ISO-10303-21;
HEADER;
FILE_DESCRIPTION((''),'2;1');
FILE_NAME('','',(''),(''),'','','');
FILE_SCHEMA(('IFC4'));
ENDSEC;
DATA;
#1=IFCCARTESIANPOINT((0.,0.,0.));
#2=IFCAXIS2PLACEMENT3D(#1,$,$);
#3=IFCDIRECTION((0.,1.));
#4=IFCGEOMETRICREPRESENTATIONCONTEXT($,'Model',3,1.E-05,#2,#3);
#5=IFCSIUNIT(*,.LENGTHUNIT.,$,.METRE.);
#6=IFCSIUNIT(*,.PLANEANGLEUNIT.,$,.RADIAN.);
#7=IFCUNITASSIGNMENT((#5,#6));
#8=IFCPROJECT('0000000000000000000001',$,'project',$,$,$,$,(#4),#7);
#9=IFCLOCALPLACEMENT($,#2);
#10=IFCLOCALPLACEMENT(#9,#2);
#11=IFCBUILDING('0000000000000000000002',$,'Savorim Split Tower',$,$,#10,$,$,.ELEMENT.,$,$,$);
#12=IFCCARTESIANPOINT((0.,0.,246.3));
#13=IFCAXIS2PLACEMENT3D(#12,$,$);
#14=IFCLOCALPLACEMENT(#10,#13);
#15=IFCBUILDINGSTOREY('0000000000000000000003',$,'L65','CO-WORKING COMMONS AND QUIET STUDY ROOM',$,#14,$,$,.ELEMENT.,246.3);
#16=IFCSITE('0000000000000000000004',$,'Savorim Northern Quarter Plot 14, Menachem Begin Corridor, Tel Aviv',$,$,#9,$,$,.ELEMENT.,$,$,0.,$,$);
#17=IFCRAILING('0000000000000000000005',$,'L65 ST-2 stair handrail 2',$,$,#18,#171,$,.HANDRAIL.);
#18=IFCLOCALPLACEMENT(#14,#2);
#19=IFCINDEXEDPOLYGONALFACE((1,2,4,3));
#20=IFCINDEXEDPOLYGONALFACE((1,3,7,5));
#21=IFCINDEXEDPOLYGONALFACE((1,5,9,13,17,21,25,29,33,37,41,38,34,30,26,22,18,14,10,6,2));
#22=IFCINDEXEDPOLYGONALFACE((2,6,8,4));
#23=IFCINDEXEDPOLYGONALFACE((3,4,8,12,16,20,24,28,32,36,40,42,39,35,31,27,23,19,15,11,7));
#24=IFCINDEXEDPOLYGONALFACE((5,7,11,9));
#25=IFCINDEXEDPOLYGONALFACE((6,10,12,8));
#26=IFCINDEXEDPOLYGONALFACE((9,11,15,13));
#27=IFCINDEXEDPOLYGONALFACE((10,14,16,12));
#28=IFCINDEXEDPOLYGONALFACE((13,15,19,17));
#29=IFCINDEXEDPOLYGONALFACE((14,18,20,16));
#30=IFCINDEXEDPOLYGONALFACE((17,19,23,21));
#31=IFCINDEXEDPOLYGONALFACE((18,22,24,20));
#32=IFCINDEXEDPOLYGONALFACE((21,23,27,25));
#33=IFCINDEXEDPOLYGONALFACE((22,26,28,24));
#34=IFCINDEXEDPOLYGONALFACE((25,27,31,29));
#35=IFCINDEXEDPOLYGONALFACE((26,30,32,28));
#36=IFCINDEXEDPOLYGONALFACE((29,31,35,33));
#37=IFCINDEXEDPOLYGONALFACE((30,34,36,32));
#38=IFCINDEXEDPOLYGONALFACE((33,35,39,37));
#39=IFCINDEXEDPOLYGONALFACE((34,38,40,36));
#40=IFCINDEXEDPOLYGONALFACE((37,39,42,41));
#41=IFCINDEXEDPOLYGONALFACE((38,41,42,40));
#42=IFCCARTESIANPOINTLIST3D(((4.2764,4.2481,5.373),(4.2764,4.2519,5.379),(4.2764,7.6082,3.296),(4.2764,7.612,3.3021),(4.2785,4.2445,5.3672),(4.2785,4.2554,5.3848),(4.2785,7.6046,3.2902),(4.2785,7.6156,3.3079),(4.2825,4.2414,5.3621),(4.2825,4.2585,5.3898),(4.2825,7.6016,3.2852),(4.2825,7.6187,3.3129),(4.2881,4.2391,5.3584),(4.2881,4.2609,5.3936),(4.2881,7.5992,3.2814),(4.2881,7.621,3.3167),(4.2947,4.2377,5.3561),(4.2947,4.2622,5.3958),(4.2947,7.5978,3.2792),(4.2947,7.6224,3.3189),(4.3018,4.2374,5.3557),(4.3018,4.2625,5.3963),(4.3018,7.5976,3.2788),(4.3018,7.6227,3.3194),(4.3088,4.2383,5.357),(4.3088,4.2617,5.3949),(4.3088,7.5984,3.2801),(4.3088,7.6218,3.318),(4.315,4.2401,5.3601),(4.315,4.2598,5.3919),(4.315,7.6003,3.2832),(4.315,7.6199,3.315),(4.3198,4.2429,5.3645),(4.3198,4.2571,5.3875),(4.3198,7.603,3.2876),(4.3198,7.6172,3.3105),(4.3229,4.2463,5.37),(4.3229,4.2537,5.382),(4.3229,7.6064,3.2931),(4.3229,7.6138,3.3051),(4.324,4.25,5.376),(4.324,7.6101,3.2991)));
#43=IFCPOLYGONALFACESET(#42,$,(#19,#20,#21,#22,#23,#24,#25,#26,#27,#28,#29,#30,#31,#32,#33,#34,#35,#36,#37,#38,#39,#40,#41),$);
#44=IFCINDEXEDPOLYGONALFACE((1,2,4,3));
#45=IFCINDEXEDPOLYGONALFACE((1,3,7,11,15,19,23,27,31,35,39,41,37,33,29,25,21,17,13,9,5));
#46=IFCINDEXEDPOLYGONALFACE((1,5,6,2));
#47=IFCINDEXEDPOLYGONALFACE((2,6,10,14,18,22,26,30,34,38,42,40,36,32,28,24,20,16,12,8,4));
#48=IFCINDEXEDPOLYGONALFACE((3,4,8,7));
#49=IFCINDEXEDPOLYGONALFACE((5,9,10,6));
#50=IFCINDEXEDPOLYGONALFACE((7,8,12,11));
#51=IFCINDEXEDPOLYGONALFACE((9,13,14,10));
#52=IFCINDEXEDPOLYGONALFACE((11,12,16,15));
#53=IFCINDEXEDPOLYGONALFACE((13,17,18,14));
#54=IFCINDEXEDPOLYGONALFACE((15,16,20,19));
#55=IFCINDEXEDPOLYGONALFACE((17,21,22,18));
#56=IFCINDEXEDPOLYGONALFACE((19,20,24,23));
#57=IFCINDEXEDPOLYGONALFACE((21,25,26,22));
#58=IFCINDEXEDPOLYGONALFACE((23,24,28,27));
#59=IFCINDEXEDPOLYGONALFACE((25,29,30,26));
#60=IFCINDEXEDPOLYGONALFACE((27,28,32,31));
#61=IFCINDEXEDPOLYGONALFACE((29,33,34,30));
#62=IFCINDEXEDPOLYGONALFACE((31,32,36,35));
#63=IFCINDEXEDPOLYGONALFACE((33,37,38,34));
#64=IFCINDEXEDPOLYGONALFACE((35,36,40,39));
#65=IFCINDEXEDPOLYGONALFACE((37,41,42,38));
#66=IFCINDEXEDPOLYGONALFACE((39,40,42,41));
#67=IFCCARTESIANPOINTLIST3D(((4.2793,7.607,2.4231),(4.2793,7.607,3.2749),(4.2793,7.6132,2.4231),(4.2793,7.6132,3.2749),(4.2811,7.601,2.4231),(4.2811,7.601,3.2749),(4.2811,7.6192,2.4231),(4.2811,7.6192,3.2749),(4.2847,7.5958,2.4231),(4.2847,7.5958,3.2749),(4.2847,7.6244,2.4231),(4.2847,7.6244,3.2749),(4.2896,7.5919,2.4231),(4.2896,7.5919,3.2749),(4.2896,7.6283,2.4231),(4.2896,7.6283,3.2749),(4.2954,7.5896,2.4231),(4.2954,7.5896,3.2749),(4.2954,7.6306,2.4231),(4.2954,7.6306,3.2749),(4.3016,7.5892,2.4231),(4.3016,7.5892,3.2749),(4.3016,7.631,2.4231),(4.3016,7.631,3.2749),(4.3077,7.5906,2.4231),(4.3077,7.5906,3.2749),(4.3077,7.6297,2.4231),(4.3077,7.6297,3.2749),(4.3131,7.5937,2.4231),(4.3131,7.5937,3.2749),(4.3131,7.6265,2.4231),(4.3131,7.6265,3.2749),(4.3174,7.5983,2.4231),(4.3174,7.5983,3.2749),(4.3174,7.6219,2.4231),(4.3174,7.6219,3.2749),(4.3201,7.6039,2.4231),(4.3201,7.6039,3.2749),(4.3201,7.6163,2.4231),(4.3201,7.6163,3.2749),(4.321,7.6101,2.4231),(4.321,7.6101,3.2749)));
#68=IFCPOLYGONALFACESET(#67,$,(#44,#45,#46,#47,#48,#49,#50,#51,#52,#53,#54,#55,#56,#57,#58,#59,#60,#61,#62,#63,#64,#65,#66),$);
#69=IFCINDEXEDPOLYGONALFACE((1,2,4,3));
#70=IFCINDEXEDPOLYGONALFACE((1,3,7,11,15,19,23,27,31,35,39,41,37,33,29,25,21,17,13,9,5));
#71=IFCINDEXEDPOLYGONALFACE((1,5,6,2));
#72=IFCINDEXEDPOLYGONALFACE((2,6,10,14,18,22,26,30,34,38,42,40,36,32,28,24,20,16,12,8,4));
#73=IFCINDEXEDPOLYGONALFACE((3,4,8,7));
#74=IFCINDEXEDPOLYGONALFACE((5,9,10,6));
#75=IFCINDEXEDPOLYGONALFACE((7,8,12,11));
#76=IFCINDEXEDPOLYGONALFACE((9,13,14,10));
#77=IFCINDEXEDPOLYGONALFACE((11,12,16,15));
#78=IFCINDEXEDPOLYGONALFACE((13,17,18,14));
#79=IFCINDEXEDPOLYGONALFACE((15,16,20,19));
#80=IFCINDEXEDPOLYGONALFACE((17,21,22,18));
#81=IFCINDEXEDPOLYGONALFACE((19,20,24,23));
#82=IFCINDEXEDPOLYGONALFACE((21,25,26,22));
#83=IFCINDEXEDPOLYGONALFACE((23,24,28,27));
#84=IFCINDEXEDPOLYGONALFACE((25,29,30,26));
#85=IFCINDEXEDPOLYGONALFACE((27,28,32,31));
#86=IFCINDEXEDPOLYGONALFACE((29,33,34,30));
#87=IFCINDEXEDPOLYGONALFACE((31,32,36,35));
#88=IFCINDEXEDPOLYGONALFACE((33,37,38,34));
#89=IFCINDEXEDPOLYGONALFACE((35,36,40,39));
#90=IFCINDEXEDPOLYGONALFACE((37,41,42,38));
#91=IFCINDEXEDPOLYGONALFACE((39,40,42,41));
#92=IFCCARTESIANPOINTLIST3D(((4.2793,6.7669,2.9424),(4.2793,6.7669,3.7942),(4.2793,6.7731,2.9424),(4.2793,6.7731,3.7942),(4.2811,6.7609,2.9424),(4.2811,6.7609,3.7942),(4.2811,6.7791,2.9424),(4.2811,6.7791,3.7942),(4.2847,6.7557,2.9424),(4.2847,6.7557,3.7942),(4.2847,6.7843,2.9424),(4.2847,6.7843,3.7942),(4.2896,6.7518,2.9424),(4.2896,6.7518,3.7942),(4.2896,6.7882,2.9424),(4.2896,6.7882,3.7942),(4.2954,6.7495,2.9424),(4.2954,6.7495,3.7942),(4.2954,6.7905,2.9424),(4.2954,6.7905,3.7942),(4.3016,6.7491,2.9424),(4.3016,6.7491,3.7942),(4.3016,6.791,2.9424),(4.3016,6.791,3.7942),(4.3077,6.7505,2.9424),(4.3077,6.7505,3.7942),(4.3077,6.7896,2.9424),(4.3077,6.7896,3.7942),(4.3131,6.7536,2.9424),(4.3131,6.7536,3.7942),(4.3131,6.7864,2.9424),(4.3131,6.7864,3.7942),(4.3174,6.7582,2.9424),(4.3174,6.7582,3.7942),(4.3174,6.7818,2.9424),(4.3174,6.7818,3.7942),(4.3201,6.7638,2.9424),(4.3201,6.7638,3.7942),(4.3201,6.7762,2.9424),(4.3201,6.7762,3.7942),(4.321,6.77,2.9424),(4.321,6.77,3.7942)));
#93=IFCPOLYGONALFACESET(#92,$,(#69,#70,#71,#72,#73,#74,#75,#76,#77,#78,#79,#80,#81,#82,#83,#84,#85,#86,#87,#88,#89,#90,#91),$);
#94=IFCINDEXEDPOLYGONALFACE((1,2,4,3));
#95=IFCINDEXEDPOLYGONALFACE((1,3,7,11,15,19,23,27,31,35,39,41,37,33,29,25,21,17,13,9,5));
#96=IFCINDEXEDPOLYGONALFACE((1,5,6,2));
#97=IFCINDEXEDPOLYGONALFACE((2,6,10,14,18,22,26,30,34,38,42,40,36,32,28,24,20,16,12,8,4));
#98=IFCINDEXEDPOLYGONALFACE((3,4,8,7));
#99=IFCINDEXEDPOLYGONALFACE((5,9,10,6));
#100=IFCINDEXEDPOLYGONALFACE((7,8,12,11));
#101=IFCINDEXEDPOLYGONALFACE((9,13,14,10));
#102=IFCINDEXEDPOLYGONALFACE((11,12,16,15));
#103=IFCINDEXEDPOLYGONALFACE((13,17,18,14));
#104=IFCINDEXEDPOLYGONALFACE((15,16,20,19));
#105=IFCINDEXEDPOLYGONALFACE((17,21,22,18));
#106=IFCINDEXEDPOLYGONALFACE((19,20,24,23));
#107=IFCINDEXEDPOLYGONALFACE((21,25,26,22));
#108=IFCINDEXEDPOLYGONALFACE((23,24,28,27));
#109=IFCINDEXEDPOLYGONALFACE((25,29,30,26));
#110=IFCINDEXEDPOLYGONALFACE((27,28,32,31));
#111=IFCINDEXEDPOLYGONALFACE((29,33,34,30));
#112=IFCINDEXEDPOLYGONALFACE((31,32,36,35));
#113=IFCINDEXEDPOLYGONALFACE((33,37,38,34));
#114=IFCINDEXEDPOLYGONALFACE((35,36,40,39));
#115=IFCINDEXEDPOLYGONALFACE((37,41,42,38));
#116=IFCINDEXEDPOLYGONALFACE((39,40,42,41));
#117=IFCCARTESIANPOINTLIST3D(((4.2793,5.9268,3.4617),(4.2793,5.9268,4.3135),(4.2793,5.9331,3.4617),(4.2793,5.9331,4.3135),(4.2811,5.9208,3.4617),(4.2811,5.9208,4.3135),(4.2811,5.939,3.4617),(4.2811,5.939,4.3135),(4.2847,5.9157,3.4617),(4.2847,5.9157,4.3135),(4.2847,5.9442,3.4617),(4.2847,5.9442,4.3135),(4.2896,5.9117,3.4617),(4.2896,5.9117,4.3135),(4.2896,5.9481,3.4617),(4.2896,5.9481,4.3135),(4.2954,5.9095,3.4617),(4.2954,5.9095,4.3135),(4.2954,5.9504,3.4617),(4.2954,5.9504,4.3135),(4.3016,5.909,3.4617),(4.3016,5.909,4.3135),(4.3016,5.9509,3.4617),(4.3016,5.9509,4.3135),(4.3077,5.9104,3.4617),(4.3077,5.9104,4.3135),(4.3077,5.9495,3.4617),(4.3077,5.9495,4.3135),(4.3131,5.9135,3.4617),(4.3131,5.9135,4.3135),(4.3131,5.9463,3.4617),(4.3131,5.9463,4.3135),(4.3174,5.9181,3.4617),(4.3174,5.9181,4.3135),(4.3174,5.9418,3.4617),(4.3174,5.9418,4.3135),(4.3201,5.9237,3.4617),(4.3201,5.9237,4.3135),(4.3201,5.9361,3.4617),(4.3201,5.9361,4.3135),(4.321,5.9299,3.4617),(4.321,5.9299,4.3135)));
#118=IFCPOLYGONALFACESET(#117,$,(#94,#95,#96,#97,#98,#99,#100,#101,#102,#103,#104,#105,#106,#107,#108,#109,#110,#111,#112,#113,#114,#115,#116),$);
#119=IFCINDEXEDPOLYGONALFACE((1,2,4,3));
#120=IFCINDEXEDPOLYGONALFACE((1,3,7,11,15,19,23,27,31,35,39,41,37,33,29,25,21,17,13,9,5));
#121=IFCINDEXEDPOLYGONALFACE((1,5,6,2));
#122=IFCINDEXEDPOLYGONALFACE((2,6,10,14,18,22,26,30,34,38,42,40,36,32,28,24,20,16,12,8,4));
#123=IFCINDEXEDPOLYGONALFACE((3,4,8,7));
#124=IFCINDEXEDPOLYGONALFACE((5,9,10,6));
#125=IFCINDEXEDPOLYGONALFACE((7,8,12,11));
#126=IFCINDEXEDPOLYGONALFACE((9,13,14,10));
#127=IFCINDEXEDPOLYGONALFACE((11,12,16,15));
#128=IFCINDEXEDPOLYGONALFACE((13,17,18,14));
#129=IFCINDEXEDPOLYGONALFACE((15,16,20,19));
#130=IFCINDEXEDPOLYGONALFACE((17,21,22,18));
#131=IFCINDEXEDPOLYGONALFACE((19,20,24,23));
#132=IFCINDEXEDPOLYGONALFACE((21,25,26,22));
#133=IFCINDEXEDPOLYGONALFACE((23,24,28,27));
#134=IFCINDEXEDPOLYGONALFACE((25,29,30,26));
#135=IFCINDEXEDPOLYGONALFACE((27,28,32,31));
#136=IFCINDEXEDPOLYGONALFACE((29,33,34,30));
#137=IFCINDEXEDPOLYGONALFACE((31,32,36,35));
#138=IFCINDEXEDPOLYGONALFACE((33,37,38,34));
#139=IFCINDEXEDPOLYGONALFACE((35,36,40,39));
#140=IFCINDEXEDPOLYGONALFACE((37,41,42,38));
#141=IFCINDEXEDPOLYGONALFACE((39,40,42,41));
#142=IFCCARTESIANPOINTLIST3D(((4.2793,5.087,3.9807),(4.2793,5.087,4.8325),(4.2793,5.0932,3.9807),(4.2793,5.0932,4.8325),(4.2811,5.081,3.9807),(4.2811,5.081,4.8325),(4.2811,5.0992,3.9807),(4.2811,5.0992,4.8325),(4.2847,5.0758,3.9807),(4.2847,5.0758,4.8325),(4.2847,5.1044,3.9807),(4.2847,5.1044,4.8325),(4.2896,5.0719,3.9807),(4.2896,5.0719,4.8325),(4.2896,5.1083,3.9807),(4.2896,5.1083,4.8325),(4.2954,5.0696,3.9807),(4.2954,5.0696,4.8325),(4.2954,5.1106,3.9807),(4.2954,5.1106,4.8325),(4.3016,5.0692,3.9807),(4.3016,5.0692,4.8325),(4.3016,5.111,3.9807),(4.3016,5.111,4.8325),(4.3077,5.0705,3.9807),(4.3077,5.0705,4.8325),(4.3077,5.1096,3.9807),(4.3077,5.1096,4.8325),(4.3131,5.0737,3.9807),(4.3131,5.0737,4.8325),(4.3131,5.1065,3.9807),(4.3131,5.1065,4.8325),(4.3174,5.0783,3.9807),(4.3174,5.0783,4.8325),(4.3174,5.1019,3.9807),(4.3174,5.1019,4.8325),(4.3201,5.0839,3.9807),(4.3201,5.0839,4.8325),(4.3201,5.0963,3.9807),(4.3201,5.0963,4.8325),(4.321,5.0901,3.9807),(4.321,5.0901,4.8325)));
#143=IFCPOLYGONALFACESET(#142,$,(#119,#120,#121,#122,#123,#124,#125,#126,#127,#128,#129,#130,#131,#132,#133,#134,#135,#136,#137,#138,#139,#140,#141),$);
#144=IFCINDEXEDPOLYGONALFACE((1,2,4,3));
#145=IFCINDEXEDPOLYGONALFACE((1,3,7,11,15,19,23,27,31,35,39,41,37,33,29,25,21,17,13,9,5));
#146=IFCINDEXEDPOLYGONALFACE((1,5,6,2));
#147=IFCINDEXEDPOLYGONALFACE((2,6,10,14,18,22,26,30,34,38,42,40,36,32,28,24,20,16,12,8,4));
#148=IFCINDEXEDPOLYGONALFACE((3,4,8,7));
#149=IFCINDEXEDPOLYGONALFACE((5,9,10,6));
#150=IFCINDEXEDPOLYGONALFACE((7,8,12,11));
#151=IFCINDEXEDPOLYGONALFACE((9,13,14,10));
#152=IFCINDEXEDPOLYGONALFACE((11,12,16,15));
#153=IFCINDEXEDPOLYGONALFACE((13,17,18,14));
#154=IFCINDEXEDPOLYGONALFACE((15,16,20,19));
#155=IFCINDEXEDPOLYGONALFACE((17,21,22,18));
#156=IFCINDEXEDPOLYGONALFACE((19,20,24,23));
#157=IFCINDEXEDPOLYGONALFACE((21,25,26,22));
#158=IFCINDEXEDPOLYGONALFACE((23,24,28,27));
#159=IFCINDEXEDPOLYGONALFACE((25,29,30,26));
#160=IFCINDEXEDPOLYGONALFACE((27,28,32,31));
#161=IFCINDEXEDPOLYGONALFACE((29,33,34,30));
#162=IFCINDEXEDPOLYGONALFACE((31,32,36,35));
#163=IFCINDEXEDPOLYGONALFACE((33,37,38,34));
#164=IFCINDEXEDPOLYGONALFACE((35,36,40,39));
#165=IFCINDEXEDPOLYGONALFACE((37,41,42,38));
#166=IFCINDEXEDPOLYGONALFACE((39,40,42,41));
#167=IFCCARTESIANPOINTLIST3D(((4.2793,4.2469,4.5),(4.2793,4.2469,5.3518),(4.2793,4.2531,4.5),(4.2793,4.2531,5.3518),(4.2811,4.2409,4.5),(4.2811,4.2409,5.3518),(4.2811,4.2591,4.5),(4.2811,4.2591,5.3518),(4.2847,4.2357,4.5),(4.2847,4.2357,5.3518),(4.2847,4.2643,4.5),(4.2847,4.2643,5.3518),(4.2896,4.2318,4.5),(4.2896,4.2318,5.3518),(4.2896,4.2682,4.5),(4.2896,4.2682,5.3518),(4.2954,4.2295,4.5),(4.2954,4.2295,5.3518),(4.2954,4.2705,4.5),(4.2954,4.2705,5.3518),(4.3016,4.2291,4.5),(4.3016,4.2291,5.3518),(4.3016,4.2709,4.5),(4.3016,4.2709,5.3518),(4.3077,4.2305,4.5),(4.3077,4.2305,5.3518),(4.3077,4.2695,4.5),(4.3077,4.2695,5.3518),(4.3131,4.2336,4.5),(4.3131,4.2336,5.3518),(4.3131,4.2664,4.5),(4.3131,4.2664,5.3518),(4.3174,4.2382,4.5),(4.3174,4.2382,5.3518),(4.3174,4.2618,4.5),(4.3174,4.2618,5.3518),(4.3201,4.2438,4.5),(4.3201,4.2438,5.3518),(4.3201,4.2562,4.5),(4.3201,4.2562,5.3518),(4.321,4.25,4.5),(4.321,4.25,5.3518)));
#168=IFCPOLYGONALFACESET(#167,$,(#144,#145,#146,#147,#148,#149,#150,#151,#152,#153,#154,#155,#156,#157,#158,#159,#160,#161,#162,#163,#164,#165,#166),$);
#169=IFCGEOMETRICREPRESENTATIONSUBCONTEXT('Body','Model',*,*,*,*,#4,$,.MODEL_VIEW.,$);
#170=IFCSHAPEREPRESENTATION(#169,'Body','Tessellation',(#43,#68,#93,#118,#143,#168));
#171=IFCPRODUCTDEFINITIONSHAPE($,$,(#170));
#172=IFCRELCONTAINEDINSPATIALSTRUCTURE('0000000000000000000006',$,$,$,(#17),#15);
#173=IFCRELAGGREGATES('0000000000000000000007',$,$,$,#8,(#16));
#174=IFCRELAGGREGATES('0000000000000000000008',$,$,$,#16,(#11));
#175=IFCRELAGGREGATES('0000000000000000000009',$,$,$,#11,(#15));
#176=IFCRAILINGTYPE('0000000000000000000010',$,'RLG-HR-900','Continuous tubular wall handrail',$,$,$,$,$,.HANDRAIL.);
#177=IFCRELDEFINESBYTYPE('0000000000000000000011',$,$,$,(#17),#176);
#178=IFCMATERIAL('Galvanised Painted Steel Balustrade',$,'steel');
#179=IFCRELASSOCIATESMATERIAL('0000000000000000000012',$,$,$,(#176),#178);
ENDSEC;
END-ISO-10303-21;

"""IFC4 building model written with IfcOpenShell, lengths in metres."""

from ifc_helpers import new_model, si_unit, direction, frame, origin, origin_2d, place, context, subcontext, project, spatial, circle, extrude, material, type_object, element, save


model = new_model("IFC4")

# Units and contexts
model_context = context("Model", 3, precision=1e-05, world=origin(), true_north=direction((0.0, 1.0)))
body_context = subcontext(model_context, "Body", "Model", "MODEL_VIEW")
ifc_project = project(units=[si_unit("LENGTHUNIT", "METRE"), si_unit("PLANEANGLEUNIT", "RADIAN")], contexts=[model_context])

# Site, building, storey
site_placement = place(None, origin())
site = spatial("IfcSite", under=ifc_project, at=site_placement, Name="Savorim Northern Quarter Plot 14, Menachem Begin Corridor, Tel Aviv", CompositionType="ELEMENT", RefElevation=0.0)
building_placement = place(site_placement, origin())
building = spatial("IfcBuilding", under=site, at=building_placement, Name="Savorim Split Tower", CompositionType="ELEMENT")
storey_placement = place(building_placement, frame((0.0, 0.0, 246.3)))
storey = spatial("IfcBuildingStorey", under=building, at=storey_placement, Name="L65", Description="CO-WORKING COMMONS AND QUIET STUDY ROOM", CompositionType="ELEMENT", Elevation=246.3)

# Railing
ifc_material_1 = material(Name="Galvanised Painted Steel Balustrade", Category="steel")
railing_type_1 = type_object("IfcRailingType", Name="RLG-HR-900", Description="Continuous tubular wall handrail", PredefinedType="HANDRAIL", material=ifc_material_1)
railing_1_placement = place(storey_placement, frame((4.3, 7.6101, 2.4231)))
element("IfcRailing", 1, at=railing_1_placement, inside=storey, type_object=railing_type_1, Name="L65 ST-2 stair handrail 2", PredefinedType="HANDRAIL", context=body_context, shape_type="SweptSolid", body=[
    extrude(circle(Radius=0.0239, at=origin_2d()), frame((0.0, 0.0, 0.876), z_axis=(0.0, -0.850623, 0.525776), x_axis=(1.0, 0.0, 0.0)), (0.0, 0.0, 1.0), 3.9502),
    extrude(circle(Radius=0.021, at=origin_2d()), origin(), (0.0, 0.0, 1.0), 0.8518),
    extrude(circle(Radius=0.021, at=origin_2d()), frame((0.0, -0.8401, 0.5193)), (0.0, 0.0, 1.0), 0.8518),
    extrude(circle(Radius=0.021, at=origin_2d()), frame((0.0, -1.6802, 1.0386)), (0.0, 0.0, 1.0), 0.8518),
    extrude(circle(Radius=0.021, at=origin_2d()), frame((0.0, -2.52, 1.5576)), (0.0, 0.0, 1.0), 0.8518),
    extrude(circle(Radius=0.021, at=origin_2d()), frame((0.0, -3.3601, 2.0769)), (0.0, 0.0, 1.0), 0.8518),
])

save(model, "model.ifc")
